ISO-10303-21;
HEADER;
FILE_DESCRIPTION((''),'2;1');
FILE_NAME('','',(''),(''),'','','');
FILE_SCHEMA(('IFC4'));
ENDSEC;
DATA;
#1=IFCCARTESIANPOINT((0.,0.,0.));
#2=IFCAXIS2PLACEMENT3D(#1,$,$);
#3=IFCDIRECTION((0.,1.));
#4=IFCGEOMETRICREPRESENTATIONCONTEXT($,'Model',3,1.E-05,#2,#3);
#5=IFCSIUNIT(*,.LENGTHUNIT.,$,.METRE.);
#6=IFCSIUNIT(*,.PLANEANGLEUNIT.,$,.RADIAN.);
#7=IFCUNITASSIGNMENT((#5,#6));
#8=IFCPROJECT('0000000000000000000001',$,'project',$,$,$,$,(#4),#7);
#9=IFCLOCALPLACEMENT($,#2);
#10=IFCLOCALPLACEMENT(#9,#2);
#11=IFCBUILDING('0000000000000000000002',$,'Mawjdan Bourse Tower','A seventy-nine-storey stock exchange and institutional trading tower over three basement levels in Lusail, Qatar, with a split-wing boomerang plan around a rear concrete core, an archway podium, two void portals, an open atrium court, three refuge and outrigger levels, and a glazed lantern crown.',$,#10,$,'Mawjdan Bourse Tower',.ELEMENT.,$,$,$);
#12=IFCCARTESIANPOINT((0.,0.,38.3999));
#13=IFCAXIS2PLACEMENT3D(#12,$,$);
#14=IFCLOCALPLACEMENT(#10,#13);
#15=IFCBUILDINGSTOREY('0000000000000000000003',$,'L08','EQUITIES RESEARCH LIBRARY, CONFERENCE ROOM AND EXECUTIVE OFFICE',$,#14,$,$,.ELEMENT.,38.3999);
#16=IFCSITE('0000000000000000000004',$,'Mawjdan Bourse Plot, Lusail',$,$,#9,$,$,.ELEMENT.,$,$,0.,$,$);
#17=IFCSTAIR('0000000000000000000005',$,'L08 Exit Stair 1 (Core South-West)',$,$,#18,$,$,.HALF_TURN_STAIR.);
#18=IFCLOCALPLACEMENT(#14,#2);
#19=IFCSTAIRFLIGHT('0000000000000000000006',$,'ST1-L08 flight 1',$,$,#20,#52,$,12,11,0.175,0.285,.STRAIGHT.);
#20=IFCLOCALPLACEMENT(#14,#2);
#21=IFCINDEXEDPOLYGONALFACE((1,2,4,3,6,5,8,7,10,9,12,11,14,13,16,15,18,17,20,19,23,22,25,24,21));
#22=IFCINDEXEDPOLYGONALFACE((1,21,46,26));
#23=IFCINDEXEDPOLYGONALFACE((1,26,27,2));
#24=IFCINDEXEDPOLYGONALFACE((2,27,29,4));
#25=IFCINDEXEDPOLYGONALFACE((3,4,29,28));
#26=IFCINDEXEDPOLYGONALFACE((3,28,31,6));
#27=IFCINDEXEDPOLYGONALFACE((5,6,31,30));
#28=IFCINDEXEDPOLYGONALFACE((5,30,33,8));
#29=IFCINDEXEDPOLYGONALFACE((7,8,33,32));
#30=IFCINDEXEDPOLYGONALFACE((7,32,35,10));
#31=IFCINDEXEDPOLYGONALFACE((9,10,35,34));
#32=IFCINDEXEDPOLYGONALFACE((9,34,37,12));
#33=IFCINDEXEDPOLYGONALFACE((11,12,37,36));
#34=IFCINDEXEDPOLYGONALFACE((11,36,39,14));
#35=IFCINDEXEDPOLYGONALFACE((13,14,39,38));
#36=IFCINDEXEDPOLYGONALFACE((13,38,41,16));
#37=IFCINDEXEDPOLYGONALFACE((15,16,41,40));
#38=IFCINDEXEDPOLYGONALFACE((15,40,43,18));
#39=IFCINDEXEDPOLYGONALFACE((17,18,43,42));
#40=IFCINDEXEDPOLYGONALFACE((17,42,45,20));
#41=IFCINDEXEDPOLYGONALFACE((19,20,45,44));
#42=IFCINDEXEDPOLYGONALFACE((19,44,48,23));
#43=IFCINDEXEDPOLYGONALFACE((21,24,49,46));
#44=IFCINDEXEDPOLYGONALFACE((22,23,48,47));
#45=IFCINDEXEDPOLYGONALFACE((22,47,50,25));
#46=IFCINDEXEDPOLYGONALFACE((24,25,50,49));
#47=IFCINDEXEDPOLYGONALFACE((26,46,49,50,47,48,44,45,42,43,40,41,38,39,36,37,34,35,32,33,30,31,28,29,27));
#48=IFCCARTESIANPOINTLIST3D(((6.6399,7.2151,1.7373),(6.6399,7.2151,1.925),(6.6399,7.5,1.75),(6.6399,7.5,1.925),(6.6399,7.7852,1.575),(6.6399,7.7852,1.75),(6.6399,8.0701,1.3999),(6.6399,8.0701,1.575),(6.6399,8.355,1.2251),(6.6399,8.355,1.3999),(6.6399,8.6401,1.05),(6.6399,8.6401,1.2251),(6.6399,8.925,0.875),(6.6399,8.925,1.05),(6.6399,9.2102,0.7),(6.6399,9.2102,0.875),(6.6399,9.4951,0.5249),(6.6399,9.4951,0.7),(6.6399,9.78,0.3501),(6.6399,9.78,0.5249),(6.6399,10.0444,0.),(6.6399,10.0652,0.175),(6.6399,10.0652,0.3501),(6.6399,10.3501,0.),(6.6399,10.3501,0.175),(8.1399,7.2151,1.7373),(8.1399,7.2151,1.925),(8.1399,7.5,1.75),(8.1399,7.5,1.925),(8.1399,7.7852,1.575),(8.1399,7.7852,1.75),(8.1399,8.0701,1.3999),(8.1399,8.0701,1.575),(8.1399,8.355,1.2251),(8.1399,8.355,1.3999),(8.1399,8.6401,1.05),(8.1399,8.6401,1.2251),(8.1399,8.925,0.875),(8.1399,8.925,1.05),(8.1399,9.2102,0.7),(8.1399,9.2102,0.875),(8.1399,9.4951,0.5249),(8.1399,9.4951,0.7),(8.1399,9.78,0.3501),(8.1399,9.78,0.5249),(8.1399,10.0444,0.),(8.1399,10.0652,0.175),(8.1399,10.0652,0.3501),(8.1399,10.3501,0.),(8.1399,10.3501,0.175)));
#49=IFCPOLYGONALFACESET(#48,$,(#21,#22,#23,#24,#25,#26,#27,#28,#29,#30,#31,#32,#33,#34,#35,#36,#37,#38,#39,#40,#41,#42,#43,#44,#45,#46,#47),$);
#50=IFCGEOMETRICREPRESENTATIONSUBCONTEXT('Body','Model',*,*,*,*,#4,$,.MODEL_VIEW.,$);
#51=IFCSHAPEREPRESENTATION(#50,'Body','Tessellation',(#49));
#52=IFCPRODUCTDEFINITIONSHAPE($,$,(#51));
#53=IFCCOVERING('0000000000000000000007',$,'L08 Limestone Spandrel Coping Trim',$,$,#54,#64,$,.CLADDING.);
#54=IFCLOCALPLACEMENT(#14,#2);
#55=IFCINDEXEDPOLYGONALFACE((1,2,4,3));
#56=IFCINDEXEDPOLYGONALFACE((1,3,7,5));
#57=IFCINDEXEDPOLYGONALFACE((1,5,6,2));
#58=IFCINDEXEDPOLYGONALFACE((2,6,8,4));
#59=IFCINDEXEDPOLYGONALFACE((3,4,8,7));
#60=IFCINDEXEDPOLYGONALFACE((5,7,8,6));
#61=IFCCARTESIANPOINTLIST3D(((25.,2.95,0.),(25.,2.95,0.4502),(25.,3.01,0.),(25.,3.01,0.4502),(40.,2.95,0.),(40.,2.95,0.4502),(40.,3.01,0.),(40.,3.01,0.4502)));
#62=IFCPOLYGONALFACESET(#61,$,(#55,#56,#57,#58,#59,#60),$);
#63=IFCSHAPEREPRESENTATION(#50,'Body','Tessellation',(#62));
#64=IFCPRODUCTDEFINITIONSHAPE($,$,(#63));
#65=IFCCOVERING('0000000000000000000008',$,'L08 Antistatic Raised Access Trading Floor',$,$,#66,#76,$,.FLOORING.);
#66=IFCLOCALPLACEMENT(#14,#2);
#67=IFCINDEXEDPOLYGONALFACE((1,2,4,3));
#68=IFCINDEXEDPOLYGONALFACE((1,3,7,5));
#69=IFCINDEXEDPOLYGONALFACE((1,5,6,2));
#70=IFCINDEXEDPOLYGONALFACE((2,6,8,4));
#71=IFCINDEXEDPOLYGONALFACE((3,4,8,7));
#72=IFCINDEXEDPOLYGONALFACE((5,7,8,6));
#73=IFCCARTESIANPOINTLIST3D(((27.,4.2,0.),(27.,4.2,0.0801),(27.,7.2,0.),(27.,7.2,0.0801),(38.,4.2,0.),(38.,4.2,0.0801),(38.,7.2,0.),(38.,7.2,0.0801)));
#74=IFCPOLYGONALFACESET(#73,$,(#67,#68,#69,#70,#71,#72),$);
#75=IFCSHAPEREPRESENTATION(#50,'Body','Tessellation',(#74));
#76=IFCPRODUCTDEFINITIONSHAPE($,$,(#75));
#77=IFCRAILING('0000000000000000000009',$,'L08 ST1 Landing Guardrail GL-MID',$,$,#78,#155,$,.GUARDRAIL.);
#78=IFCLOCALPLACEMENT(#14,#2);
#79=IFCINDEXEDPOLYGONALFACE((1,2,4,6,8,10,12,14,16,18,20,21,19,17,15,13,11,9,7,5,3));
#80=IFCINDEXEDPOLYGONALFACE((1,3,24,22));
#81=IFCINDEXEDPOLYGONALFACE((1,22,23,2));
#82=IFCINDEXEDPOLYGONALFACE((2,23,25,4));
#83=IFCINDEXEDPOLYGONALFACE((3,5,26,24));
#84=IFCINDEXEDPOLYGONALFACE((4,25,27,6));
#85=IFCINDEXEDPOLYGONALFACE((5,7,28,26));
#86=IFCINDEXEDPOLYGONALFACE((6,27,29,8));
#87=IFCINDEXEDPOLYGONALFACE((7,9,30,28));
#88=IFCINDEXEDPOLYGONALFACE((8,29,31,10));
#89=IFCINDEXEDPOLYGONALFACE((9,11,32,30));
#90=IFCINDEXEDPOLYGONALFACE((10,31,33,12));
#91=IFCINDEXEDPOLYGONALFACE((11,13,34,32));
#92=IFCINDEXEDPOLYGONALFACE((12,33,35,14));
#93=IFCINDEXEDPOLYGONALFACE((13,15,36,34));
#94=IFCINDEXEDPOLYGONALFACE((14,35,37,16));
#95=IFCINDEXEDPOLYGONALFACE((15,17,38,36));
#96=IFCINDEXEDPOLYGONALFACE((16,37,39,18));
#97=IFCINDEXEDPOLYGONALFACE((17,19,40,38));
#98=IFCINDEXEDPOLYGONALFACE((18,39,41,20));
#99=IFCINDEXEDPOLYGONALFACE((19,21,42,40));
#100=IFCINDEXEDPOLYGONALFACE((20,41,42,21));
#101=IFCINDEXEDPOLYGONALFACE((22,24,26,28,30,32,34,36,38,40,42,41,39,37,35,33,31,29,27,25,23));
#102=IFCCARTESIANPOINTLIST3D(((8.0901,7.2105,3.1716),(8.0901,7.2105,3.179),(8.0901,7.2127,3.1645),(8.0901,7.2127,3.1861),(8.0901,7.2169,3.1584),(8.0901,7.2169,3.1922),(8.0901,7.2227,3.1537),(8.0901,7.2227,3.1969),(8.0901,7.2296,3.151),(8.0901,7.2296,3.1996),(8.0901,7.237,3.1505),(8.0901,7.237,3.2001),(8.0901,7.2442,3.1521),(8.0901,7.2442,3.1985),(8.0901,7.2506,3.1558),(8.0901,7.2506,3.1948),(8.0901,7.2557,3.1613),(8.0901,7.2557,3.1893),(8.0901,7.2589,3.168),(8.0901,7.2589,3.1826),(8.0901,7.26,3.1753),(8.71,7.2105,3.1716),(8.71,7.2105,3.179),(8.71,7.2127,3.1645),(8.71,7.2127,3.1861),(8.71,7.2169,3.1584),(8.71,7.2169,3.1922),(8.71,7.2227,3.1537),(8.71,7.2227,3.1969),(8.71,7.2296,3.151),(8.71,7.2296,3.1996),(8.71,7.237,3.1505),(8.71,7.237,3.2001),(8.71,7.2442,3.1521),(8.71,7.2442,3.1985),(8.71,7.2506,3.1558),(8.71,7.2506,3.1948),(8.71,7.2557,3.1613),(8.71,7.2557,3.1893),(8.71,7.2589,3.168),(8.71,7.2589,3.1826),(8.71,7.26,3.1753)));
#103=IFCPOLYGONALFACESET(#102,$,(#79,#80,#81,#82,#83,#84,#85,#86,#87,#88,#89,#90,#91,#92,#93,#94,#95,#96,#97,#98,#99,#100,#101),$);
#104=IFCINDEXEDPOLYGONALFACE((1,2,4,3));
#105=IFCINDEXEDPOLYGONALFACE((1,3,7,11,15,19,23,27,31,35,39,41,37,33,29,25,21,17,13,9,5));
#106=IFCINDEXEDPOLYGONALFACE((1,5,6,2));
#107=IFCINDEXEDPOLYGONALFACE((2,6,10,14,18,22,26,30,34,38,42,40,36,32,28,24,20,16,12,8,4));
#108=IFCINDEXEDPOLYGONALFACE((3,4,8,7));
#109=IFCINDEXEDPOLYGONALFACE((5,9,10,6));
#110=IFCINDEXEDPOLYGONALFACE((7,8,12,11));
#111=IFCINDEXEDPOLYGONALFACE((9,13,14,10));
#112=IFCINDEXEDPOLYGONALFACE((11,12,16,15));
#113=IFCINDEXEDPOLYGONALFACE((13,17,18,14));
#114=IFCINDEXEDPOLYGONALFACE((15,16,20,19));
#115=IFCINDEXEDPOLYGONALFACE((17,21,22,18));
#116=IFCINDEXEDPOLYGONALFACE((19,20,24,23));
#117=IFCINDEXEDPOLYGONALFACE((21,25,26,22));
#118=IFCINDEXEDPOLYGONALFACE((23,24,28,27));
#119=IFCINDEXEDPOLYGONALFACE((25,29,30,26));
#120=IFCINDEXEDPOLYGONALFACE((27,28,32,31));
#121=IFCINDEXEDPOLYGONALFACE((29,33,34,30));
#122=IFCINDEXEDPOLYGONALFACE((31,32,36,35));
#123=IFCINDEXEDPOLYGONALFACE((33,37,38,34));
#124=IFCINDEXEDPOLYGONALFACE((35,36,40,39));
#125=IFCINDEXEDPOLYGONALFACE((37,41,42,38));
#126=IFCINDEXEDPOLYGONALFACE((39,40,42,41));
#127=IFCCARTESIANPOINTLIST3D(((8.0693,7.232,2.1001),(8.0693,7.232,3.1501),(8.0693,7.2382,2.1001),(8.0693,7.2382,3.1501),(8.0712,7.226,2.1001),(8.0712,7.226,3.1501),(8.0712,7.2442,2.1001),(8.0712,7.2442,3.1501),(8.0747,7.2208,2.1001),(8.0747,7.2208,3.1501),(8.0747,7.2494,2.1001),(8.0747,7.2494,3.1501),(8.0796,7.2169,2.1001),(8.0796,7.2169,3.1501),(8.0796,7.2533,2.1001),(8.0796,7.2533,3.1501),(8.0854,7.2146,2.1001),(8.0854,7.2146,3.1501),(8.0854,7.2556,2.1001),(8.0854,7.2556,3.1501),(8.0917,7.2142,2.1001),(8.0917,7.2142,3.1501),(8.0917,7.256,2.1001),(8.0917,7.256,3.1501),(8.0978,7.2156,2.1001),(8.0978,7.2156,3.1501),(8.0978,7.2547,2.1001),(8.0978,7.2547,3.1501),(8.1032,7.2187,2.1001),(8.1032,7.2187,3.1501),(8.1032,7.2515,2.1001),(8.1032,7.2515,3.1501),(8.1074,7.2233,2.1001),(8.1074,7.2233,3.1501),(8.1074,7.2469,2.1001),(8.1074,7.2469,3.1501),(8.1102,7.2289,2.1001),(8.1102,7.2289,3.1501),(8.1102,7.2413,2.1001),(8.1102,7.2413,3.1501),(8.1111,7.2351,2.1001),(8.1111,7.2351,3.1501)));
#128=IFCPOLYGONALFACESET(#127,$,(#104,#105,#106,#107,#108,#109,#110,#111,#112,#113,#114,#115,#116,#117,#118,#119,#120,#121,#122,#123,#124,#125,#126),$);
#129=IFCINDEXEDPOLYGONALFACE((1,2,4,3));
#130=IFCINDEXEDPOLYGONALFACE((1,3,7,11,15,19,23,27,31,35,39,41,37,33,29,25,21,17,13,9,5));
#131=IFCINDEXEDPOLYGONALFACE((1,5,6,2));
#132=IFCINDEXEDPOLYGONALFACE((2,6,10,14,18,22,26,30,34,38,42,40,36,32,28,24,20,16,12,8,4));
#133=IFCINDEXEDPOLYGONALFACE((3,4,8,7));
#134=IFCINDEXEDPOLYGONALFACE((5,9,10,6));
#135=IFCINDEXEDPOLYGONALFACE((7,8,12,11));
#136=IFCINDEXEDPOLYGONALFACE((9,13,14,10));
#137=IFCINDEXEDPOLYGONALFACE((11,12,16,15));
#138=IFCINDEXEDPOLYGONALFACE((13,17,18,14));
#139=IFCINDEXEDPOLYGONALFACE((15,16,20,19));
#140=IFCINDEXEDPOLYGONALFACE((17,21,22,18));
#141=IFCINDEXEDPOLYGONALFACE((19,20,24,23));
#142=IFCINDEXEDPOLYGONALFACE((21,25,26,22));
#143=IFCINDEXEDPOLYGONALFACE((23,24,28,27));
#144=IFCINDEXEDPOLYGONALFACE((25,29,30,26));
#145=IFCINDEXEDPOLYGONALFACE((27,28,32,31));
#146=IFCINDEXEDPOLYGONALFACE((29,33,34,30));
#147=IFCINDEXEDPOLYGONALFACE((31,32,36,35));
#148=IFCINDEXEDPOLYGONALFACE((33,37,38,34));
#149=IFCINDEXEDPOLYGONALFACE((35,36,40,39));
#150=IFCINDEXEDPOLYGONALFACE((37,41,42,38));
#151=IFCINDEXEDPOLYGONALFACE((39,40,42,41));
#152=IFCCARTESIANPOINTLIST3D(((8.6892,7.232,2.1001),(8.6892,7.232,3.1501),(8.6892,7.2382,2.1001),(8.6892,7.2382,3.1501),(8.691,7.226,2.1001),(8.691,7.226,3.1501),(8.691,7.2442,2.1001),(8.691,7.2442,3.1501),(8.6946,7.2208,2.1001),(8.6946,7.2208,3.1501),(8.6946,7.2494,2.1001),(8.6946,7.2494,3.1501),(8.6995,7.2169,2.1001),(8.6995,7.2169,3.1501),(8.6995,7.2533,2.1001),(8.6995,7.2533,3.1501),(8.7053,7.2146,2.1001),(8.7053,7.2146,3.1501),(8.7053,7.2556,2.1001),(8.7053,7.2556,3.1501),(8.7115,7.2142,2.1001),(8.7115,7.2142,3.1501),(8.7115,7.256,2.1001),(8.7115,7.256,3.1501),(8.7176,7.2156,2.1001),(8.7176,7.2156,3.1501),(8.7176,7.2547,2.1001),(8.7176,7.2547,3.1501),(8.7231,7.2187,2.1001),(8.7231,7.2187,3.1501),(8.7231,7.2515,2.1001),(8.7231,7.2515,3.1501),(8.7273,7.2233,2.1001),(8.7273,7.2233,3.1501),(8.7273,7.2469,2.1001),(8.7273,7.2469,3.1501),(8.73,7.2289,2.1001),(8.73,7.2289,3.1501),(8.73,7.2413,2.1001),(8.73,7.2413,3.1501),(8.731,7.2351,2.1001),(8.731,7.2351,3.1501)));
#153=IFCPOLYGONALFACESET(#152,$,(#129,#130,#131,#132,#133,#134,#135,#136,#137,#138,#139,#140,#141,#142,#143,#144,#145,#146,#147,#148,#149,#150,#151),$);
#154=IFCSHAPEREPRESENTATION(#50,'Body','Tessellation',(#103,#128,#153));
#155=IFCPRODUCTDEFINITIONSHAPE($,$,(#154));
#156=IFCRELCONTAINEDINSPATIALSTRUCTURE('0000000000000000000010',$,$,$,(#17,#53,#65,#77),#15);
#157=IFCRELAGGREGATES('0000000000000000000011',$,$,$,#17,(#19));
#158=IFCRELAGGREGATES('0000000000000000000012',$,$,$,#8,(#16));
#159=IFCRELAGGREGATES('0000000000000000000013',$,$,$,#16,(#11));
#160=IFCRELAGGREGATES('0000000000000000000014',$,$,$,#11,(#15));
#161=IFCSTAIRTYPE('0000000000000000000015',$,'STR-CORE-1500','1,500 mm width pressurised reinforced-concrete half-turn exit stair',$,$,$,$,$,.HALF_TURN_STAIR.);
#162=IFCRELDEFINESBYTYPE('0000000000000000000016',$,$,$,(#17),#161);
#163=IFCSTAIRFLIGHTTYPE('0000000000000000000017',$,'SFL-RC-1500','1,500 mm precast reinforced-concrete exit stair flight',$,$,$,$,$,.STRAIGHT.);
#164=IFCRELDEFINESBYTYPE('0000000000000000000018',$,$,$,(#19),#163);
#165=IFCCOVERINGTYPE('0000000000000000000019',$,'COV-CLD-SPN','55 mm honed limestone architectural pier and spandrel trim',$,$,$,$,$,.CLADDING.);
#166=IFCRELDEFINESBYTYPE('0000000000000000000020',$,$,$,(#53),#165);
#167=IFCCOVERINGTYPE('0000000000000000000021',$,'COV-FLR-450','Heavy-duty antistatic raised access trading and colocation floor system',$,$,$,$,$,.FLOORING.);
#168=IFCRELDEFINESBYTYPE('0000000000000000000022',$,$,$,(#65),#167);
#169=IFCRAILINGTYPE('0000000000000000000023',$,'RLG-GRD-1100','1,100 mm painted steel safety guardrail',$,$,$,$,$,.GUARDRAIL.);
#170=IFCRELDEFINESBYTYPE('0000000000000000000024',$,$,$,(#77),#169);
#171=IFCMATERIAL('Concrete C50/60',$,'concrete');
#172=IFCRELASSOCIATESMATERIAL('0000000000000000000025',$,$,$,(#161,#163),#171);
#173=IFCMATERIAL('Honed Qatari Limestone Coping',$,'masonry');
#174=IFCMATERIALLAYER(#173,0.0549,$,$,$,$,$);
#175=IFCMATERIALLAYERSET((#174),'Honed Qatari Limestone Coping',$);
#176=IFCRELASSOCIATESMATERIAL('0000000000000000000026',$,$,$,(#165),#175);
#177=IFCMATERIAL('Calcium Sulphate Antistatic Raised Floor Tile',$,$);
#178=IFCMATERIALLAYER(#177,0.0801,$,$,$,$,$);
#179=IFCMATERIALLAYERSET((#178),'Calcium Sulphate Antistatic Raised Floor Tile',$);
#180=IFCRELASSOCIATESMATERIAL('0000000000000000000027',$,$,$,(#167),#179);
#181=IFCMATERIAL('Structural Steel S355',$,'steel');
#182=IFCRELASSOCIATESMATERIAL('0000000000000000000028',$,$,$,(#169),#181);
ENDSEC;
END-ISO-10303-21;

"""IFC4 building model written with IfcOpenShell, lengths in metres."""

from ifc_helpers import new_model, si_unit, direction, frame, origin, origin_2d, place, context, subcontext, project, spatial, polyline, circle, outline, extrude, material, layer, layer_set, type_object, element, aggregate, save


model = new_model("IFC4")

# Units and contexts
model_context = context("Model", 3, precision=1e-05, world=origin(), true_north=direction((0.0, 1.0)))
body_context = subcontext(model_context, "Body", "Model", "MODEL_VIEW")
ifc_project = project(units=[si_unit("LENGTHUNIT", "METRE"), si_unit("PLANEANGLEUNIT", "RADIAN")], contexts=[model_context])

# Site, building, storey
site_placement = place(None, origin())
site = spatial("IfcSite", under=ifc_project, at=site_placement, Name="Mawjdan Bourse Plot, Lusail", CompositionType="ELEMENT", RefElevation=0.0)
building_placement = place(site_placement, origin())
building = spatial("IfcBuilding", under=site, at=building_placement, Name="Mawjdan Bourse Tower", Description="A seventy-nine-storey stock exchange and institutional trading tower over three basement levels in Lusail, Qatar, with a split-wing boomerang plan around a rear concrete core, an archway podium, two void portals, an open atrium court, three refuge and outrigger levels, and a glazed lantern crown.", LongName="Mawjdan Bourse Tower", CompositionType="ELEMENT")
storey_placement = place(building_placement, frame((0.0, 0.0, 38.3999)))
storey = spatial("IfcBuildingStorey", under=building, at=storey_placement, Name="L08", Description="EQUITIES RESEARCH LIBRARY, CONFERENCE ROOM AND EXECUTIVE OFFICE", CompositionType="ELEMENT", Elevation=38.3999)

# Stair
ifc_material_1 = material(Name="Concrete C50/60", Category="concrete")
stair_type = type_object("IfcStairType", Name="STR-CORE-1500", Description="1,500 mm width pressurised reinforced-concrete half-turn exit stair", PredefinedType="HALF_TURN_STAIR", material=ifc_material_1)
stair_1_placement = place(storey_placement, origin())
stair_1 = element("IfcStair", 1, at=stair_1_placement, inside=storey, type_object=stair_type, Name="L08 Exit Stair 1 (Core South-West)", PredefinedType="HALF_TURN_STAIR")

# Stair flight
stair_flight_type = type_object("IfcStairFlightType", Name="SFL-RC-1500", Description="1,500 mm precast reinforced-concrete exit stair flight", PredefinedType="STRAIGHT", material=ifc_material_1)
stair_flight_placement = place(storey_placement, frame((7.3899, 10.3501, 0.0), z_axis=(0.0, 0.0, 1.0), x_axis=(0.0, -1.0, 0.0)))
stair_flight = element("IfcStairFlight", 2, at=stair_flight_placement, type_object=stair_flight_type, Name="ST1-L08 flight 1", NumberOfRisers=12, NumberOfTreads=11, PredefinedType="STRAIGHT", RiserHeight=0.175, TreadLength=0.285, context=body_context, shape_type="SweptSolid", body=[
    extrude(outline(polyline([(0.0, 0.0), (0.0, 0.175), (0.2849, 0.175), (0.2849, 0.3501), (0.5701, 0.3501), (0.5701, 0.5249), (0.855, 0.5249), (0.855, 0.7), (1.1399, 0.7), (1.1399, 0.875), (1.425, 0.875), (1.425, 1.05), (1.71, 1.05), (1.71, 1.2251), (1.9951, 1.2251), (1.9951, 1.3999), (2.28, 1.3999), (2.28, 1.575), (2.5649, 1.575), (2.5649, 1.75), (2.8501, 1.75), (2.8501, 1.925), (3.135, 1.925), (3.135, 2.1001), (3.135, 1.7373), (0.3057, 0.0), (0.0, 0.0)])), frame((0.0, 0.75, 0.0), z_axis=(0.0, -1.0, 0.0), x_axis=(1.0, 0.0, 0.0)), (0.0, 0.0, 1.0), 1.5),
])
aggregate(stair_1, [stair_flight])

# Coverings
ifc_material_2 = material(Name="Honed Qatari Limestone Coping", Category="masonry")
ifc_layer_1 = layer(ifc_material_2, 0.0549)
ifc_layer_set_1 = layer_set([ifc_layer_1], Name="Honed Qatari Limestone Coping")
covering_type_1 = type_object("IfcCoveringType", Name="COV-CLD-SPN", Description="55 mm honed limestone architectural pier and spandrel trim", PredefinedType="CLADDING", material=ifc_layer_set_1)
covering_1_placement = place(storey_placement, origin())
element("IfcCovering", 3, at=covering_1_placement, inside=storey, type_object=covering_type_1, Name="L08 Limestone Spandrel Coping Trim", PredefinedType="CLADDING", context=body_context, shape_type="SweptSolid", body=[
    extrude(outline(polyline([(25.0, 2.95), (40.0, 2.95), (40.0, 3.01), (25.0, 3.01), (25.0, 2.95)])), origin(), (0.0, 0.0, 1.0), 0.4502),
])
ifc_material_3 = material(Name="Calcium Sulphate Antistatic Raised Floor Tile")
ifc_layer_2 = layer(ifc_material_3, 0.0801)
ifc_layer_set_2 = layer_set([ifc_layer_2], Name="Calcium Sulphate Antistatic Raised Floor Tile")
covering_type_2 = type_object("IfcCoveringType", Name="COV-FLR-450", Description="Heavy-duty antistatic raised access trading and colocation floor system", PredefinedType="FLOORING", material=ifc_layer_set_2)
covering_2_placement = place(storey_placement, origin())
element("IfcCovering", 4, at=covering_2_placement, inside=storey, type_object=covering_type_2, Name="L08 Antistatic Raised Access Trading Floor", PredefinedType="FLOORING", context=body_context, shape_type="SweptSolid", body=[
    extrude(outline(polyline([(27.0, 4.2), (38.0, 4.2), (38.0, 7.2), (27.0, 7.2), (27.0, 4.2)])), origin(), (0.0, 0.0, 1.0), 0.0801),
])

# Railing
ifc_material_4 = material(Name="Structural Steel S355", Category="steel")
railing_type = type_object("IfcRailingType", Name="RLG-GRD-1100", Description="1,100 mm painted steel safety guardrail", PredefinedType="GUARDRAIL", material=ifc_material_4)
for number, where, name in (
    (5, (8.0901, 7.2351, 2.1001), "L08 ST1 Landing Guardrail GL-MID"),
):
    element("IfcRailing", number, at=place(storey_placement, frame(where)), inside=storey, type_object=railing_type, Name=name, PredefinedType="GUARDRAIL", context=body_context, shape_type="SweptSolid", body=[
        extrude(circle(Radius=0.0249, at=origin_2d()), frame((0.0, 0.0, 1.0752), z_axis=(1.0, 0.0, 0.0), x_axis=(0.0, 1.0, 0.0)), (0.0, 0.0, 1.0), 0.6199),
        extrude(circle(Radius=0.021, at=origin_2d()), origin(), (0.0, 0.0, 1.0), 1.05),
        extrude(circle(Radius=0.021, at=origin_2d()), frame((0.6199, 0.0, 0.0)), (0.0, 0.0, 1.0), 1.05),
    ])

save(model, "model.ifc")
